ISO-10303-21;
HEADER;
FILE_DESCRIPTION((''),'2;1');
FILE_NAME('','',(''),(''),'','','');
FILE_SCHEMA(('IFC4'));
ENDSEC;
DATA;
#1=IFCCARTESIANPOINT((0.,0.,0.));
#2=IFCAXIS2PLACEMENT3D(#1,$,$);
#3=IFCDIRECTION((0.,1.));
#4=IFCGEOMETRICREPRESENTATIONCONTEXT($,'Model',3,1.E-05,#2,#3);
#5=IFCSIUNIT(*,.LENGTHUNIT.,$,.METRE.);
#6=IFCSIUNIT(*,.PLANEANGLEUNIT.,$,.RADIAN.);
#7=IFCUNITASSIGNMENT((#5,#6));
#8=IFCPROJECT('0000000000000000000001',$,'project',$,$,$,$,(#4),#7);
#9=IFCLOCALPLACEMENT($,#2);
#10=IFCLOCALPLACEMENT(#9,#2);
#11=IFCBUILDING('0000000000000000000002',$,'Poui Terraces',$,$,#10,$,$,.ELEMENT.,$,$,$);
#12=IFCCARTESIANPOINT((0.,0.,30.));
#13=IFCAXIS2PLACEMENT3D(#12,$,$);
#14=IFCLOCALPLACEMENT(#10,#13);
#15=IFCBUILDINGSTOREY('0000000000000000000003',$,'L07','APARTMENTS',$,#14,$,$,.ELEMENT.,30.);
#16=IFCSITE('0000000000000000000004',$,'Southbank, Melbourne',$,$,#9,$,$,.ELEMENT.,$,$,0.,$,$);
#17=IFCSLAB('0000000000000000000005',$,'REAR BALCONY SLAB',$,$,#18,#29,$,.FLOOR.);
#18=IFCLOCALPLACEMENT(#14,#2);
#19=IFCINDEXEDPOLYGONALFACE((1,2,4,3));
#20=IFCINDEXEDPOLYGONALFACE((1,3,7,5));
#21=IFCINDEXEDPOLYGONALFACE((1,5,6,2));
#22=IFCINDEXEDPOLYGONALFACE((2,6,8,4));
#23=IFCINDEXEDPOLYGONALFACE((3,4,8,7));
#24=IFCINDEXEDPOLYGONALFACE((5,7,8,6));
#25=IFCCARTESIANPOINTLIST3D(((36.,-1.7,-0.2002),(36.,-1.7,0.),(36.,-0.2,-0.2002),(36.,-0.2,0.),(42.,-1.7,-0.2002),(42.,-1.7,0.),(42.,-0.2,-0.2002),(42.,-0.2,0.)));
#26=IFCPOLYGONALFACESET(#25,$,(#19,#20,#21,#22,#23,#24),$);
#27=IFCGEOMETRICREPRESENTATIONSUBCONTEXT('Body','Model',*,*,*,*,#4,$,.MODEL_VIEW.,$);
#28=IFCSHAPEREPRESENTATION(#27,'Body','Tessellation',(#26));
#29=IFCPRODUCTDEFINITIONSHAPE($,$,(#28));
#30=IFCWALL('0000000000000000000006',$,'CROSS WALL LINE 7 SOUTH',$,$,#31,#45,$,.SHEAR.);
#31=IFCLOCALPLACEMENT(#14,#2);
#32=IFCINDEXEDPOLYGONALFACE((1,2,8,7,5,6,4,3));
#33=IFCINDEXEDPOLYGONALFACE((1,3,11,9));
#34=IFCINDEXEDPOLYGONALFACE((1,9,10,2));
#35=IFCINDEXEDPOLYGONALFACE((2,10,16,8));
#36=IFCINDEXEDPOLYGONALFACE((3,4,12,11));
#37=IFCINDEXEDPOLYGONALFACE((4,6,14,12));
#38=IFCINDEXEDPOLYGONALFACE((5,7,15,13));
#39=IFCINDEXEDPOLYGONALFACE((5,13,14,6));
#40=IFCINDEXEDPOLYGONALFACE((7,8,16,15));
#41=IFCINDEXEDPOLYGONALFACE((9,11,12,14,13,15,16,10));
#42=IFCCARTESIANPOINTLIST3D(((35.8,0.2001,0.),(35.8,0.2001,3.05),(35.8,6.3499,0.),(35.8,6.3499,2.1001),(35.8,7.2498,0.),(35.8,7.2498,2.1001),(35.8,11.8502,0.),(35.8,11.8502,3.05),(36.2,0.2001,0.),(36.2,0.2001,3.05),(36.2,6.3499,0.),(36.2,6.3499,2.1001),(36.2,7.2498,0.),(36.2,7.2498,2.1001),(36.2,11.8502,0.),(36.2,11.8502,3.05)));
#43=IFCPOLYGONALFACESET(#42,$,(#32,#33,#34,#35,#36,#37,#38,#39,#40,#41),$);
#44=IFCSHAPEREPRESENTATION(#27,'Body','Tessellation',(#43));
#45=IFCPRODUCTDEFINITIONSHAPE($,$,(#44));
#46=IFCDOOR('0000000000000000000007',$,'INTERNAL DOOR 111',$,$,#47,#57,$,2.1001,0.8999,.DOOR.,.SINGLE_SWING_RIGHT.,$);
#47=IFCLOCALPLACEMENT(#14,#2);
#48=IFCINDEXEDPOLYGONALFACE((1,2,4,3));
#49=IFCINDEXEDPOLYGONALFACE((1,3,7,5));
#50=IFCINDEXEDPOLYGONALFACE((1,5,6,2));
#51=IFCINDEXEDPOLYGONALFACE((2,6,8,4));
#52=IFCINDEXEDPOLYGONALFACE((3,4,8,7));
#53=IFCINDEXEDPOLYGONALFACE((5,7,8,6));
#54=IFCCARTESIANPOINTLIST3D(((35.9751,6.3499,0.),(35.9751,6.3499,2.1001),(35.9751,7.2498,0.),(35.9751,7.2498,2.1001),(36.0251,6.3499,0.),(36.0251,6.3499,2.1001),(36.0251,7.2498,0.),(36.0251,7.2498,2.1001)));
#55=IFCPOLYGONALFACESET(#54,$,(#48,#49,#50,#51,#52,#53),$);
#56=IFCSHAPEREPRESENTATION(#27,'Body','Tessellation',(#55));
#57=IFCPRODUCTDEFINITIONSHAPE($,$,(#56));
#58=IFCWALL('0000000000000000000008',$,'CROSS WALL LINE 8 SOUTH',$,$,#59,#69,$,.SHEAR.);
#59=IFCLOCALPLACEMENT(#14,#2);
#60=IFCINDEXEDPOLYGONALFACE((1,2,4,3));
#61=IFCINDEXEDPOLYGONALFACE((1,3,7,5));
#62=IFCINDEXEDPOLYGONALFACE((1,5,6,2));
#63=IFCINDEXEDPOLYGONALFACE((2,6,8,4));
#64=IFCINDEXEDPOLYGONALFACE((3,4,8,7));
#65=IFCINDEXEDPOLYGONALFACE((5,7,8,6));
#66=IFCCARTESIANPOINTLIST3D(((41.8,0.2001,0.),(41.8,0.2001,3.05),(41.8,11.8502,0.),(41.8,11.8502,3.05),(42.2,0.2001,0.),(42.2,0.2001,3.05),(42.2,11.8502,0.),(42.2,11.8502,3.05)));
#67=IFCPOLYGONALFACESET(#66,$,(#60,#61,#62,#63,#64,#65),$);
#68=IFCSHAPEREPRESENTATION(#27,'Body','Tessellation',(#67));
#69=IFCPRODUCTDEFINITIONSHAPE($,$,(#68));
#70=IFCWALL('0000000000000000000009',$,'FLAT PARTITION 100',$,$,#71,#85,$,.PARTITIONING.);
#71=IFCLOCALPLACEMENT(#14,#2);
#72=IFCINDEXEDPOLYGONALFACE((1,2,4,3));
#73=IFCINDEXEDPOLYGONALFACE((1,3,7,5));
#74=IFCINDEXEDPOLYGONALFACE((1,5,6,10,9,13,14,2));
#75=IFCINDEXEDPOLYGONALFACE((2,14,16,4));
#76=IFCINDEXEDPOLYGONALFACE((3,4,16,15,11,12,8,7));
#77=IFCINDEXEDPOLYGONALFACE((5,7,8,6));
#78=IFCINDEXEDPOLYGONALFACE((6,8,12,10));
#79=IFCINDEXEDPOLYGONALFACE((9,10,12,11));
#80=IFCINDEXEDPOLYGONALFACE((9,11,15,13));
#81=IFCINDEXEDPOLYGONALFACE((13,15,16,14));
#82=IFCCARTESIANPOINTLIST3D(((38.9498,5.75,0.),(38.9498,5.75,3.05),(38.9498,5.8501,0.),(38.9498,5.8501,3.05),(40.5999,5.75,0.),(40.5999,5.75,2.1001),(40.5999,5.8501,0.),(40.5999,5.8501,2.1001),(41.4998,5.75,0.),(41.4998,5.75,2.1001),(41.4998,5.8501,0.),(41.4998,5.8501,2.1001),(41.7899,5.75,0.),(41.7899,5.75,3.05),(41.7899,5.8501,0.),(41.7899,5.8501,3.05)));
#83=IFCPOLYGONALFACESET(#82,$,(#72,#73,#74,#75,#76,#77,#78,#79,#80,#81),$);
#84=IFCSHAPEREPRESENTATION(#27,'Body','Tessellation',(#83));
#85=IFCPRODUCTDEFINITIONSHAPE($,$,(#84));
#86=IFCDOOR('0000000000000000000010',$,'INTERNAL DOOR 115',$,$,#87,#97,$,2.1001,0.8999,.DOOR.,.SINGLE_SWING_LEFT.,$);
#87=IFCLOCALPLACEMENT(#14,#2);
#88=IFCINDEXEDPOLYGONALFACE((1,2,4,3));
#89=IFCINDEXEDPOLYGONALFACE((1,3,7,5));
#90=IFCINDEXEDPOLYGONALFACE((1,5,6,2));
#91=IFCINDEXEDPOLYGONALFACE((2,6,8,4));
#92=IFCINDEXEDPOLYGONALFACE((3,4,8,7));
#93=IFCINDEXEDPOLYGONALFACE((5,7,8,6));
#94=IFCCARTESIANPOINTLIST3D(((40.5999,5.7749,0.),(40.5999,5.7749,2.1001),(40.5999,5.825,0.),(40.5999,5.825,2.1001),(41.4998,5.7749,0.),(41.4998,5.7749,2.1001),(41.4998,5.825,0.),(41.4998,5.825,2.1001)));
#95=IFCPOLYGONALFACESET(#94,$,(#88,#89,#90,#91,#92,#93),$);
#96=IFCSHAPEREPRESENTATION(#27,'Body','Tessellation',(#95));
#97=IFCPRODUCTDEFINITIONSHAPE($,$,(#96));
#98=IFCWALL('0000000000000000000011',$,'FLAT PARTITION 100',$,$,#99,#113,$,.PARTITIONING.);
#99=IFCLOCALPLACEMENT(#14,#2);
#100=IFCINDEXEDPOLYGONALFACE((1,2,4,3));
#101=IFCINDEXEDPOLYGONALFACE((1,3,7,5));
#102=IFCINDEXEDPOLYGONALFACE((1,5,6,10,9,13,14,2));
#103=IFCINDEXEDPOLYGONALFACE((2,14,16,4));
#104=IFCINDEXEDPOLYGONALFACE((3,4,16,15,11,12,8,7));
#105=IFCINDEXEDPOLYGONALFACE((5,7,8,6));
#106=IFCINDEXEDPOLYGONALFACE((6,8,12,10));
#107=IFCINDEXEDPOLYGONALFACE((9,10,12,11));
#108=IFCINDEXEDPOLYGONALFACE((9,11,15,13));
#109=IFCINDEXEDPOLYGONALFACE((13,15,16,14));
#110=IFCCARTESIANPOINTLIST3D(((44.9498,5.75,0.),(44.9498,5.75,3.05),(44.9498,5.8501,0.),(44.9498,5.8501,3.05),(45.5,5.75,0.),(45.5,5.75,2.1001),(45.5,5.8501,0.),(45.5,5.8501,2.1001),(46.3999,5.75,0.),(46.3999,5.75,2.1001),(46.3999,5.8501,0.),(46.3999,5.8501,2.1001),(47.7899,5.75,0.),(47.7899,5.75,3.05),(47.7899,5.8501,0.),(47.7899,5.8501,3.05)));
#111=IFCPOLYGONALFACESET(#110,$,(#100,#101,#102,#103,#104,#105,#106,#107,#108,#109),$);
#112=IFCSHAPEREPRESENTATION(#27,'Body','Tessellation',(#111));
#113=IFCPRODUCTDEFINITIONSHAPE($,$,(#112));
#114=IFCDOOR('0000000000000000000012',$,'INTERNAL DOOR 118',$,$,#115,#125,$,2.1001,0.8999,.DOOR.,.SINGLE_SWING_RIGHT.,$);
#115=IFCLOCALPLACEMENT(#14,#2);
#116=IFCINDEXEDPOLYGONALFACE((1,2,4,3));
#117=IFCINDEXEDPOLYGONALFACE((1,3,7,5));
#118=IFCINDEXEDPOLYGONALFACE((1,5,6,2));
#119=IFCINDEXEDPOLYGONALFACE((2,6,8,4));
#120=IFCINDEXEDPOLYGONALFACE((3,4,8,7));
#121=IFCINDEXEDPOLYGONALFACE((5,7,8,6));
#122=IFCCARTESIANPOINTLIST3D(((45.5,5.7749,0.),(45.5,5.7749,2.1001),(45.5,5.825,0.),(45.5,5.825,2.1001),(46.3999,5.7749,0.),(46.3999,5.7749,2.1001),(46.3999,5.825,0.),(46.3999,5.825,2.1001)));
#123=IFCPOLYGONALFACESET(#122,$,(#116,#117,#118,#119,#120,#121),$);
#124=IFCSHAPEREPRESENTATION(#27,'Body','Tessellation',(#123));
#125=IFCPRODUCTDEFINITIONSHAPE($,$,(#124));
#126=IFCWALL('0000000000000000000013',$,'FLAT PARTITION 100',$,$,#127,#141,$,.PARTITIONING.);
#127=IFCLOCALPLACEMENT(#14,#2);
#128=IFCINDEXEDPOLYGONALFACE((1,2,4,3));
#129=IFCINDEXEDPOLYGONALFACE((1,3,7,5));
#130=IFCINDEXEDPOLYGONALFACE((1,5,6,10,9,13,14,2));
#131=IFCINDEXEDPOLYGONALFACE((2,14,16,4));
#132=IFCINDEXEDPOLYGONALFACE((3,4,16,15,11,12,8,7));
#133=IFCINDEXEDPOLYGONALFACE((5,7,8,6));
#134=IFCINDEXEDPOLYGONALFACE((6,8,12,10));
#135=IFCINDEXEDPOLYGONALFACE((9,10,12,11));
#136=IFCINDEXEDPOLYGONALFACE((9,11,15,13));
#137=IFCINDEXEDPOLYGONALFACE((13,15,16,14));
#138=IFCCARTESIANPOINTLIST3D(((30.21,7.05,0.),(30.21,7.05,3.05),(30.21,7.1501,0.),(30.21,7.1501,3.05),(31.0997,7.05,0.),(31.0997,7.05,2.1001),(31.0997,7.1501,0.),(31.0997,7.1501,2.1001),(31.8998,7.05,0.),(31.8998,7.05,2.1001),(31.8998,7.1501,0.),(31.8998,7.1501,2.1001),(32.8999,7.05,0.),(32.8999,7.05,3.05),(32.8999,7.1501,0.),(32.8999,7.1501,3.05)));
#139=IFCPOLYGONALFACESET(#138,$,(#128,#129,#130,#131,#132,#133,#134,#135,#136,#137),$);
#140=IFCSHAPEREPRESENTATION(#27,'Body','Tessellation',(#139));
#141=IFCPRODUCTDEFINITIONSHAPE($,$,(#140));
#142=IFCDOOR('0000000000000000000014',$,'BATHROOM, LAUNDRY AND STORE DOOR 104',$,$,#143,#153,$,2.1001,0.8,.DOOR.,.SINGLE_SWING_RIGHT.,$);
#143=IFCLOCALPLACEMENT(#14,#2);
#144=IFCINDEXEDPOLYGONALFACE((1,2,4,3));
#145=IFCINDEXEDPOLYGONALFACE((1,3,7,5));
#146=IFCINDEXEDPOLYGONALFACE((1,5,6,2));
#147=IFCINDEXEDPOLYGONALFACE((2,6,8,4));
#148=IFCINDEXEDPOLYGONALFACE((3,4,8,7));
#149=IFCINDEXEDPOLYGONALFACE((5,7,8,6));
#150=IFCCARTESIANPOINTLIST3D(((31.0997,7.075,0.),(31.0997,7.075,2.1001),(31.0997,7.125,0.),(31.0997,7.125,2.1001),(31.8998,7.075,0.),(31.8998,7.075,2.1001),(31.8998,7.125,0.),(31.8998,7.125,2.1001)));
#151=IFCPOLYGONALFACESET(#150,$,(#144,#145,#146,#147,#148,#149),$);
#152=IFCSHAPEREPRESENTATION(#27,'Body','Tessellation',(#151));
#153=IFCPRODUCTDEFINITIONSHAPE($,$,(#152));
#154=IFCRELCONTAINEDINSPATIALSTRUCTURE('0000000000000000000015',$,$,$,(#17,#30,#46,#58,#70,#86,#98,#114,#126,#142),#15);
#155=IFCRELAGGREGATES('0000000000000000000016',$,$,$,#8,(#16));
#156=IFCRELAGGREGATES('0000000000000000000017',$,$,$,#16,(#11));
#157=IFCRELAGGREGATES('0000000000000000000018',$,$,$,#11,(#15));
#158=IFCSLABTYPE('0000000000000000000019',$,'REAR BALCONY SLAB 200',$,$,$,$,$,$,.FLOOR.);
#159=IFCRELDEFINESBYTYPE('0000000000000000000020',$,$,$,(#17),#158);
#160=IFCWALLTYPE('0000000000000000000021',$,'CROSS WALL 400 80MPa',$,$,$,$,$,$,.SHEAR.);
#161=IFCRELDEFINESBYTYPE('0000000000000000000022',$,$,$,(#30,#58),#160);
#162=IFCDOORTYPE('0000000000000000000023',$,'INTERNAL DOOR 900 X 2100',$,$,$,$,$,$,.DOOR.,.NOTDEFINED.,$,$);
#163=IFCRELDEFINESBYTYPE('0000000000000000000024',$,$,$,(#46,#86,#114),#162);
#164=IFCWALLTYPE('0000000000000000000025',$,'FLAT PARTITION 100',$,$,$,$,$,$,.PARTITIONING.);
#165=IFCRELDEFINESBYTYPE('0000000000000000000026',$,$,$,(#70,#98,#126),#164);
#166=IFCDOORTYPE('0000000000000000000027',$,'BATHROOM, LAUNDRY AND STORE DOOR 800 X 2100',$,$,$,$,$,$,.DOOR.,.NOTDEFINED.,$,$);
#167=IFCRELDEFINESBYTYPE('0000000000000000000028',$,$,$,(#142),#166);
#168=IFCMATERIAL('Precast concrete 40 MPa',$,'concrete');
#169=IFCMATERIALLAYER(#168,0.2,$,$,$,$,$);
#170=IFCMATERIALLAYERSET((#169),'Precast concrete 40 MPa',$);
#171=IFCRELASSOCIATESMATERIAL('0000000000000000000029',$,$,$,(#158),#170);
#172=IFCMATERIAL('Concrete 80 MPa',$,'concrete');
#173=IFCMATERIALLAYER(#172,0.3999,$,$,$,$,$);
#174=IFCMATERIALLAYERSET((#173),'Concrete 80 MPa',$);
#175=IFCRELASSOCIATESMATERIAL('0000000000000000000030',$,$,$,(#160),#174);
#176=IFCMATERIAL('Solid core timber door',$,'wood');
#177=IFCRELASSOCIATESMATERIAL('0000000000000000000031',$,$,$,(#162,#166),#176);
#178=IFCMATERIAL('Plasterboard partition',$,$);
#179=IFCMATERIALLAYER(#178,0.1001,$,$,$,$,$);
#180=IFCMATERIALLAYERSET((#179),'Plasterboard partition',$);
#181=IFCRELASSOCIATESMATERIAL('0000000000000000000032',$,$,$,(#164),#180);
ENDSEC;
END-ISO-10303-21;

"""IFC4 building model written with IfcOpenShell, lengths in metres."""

from ifc_helpers import new_model, si_unit, direction, frame, frame_2d, origin, place, context, subcontext, project, spatial, polyline, rectangle, outline, extrude, source, transform, mapped, material, layer, layer_set, type_object, element, fill, save


model = new_model("IFC4")

# Units and contexts
model_context = context("Model", 3, precision=1e-05, world=origin(), true_north=direction((0.0, 1.0)))
body_context = subcontext(model_context, "Body", "Model", "MODEL_VIEW")
ifc_project = project(units=[si_unit("LENGTHUNIT", "METRE"), si_unit("PLANEANGLEUNIT", "RADIAN")], contexts=[model_context])

# Site, building, storey
site_placement = place(None, origin())
site = spatial("IfcSite", under=ifc_project, at=site_placement, Name="Southbank, Melbourne", CompositionType="ELEMENT", RefElevation=0.0)
building_placement = place(site_placement, origin())
building = spatial("IfcBuilding", under=site, at=building_placement, Name="Poui Terraces", CompositionType="ELEMENT")
storey_placement = place(building_placement, frame((0.0, 0.0, 30.0)))
storey = spatial("IfcBuildingStorey", under=building, at=storey_placement, Name="L07", Description="APARTMENTS", CompositionType="ELEMENT", Elevation=30.0)

# Slab
ifc_material_1 = material(Name="Precast concrete 40 MPa", Category="concrete")
ifc_layer_1 = layer(ifc_material_1, 0.2)
ifc_layer_set_1 = layer_set([ifc_layer_1], Name="Precast concrete 40 MPa")
slab_type = type_object("IfcSlabType", Name="REAR BALCONY SLAB 200", PredefinedType="FLOOR", material=ifc_layer_set_1)
shared_shape_1 = source(origin(), body_context, "Body", "SweptSolid", [
    extrude(outline(polyline([(0.0, 0.0), (6.0, 0.0), (6.0, 1.5), (0.0, 1.5), (0.0, 0.0)])), origin(), (0.0, 0.0, 1.0), 0.2002),
])
slab_placement = place(storey_placement, frame((36.0, -1.7, -0.2002)))
element("IfcSlab", 1, at=slab_placement, inside=storey, type_object=slab_type, Name="REAR BALCONY SLAB", PredefinedType="FLOOR", context=body_context, shape_type="MappedRepresentation", body=[
    mapped(shared_shape_1, transform((0.0, 0.0, 0.0))),
])

# Wall, opening, door
ifc_material_2 = material(Name="Concrete 80 MPa", Category="concrete")
ifc_layer_2 = layer(ifc_material_2, 0.3999)
ifc_layer_set_2 = layer_set([ifc_layer_2], Name="Concrete 80 MPa")
wall_type_1 = type_object("IfcWallType", Name="CROSS WALL 400 80MPa", PredefinedType="SHEAR", material=ifc_layer_set_2)
wall_1_placement = place(storey_placement, frame((36.0, 0.2, 0.0), z_axis=(0.0, 0.0, 1.0), x_axis=(0.0, 1.0, 0.0)))
wall_1 = element("IfcWall", 2, at=wall_1_placement, inside=storey, type_object=wall_type_1, Name="CROSS WALL LINE 7 SOUTH", PredefinedType="SHEAR", context=body_context, shape_type="SweptSolid", body=[
    extrude(rectangle(XDim=11.6501, YDim=0.3999, at=frame_2d((5.8252, 0.0))), origin(), (0.0, 0.0, 1.0), 3.05),
])
opening_1_placement = place(wall_1_placement, frame((6.1499, 0.0, 0.0)))
opening_1 = element("IfcOpeningElement", 3, at=opening_1_placement, cuts=wall_1, PredefinedType="OPENING", context=body_context, shape_type="SweptSolid", body=[
    extrude(rectangle(XDim=0.8999, YDim=2.1001, at=frame_2d((0.45, 1.05))), frame((0.0, 0.21, 0.0), z_axis=(0.0, -1.0, 0.0), x_axis=(1.0, 0.0, 0.0)), (0.0, 0.0, 1.0), 0.4199),
])
ifc_material_3 = material(Name="Solid core timber door", Category="wood")
door_type_1 = type_object("IfcDoorType", Name="INTERNAL DOOR 900 X 2100", OperationType="NOTDEFINED", PredefinedType="DOOR", material=ifc_material_3)
door_1_placement = place(opening_1_placement, origin())
door_1 = element("IfcDoor", 4, at=door_1_placement, inside=storey, type_object=door_type_1, Name="INTERNAL DOOR 111", OperationType="SINGLE_SWING_RIGHT", OverallHeight=2.1001, OverallWidth=0.8999, PredefinedType="DOOR", context=body_context, shape_type="SweptSolid", body=[
    extrude(rectangle(XDim=0.8999, YDim=2.1001, at=frame_2d((0.45, 1.05))), frame((0.0, 0.0249, 0.0), z_axis=(0.0, -1.0, 0.0), x_axis=(1.0, 0.0, 0.0)), (0.0, 0.0, 1.0), 0.05),
])
fill(opening_1, door_1)

# Wall
wall_2_placement = place(storey_placement, frame((42.0, 0.2, 0.0), z_axis=(0.0, 0.0, 1.0), x_axis=(0.0, 1.0, 0.0)))
element("IfcWall", 5, at=wall_2_placement, inside=storey, type_object=wall_type_1, Name="CROSS WALL LINE 8 SOUTH", PredefinedType="SHEAR", context=body_context, shape_type="SweptSolid", body=[
    extrude(rectangle(XDim=11.6501, YDim=0.3999, at=frame_2d((5.8252, 0.0))), origin(), (0.0, 0.0, 1.0), 3.05),
])

# Walls, openings, doors
ifc_material_4 = material(Name="Plasterboard partition")
ifc_layer_3 = layer(ifc_material_4, 0.1001)
ifc_layer_set_3 = layer_set([ifc_layer_3], Name="Plasterboard partition")
wall_type_2 = type_object("IfcWallType", Name="FLAT PARTITION 100", PredefinedType="PARTITIONING", material=ifc_layer_set_3)
wall_3_placement = place(storey_placement, frame((38.95, 5.8, 0.0), z_axis=(0.0, 0.0, 1.0), x_axis=(1.0, 0.0, 0.0)))
wall_3 = element("IfcWall", 6, at=wall_3_placement, inside=storey, type_object=wall_type_2, Name="FLAT PARTITION 100", PredefinedType="PARTITIONING", context=body_context, shape_type="SweptSolid", body=[
    extrude(rectangle(XDim=2.8401, YDim=0.1001, at=frame_2d((1.4199, 0.0))), origin(), (0.0, 0.0, 1.0), 3.05),
])
opening_2_placement = place(wall_3_placement, frame((1.6499, 0.0, 0.0)))
opening_2 = element("IfcOpeningElement", 7, at=opening_2_placement, cuts=wall_3, PredefinedType="OPENING", context=body_context, shape_type="SweptSolid", body=[
    extrude(rectangle(XDim=0.8999, YDim=2.1001, at=frame_2d((0.45, 1.05))), frame((0.0, 0.0601, 0.0), z_axis=(0.0, -1.0, 0.0), x_axis=(1.0, 0.0, 0.0)), (0.0, 0.0, 1.0), 0.1201),
])
door_2_placement = place(opening_2_placement, origin())
door_2 = element("IfcDoor", 8, at=door_2_placement, inside=storey, type_object=door_type_1, Name="INTERNAL DOOR 115", OperationType="SINGLE_SWING_LEFT", OverallHeight=2.1001, OverallWidth=0.8999, PredefinedType="DOOR", context=body_context, shape_type="SweptSolid", body=[
    extrude(rectangle(XDim=0.8999, YDim=2.1001, at=frame_2d((0.45, 1.05))), frame((0.0, 0.0249, 0.0), z_axis=(0.0, -1.0, 0.0), x_axis=(1.0, 0.0, 0.0)), (0.0, 0.0, 1.0), 0.05),
])
fill(opening_2, door_2)
wall_4_placement = place(storey_placement, frame((44.95, 5.8, 0.0), z_axis=(0.0, 0.0, 1.0), x_axis=(1.0, 0.0, 0.0)))
wall_4 = element("IfcWall", 9, at=wall_4_placement, inside=storey, type_object=wall_type_2, Name="FLAT PARTITION 100", PredefinedType="PARTITIONING", context=body_context, shape_type="SweptSolid", body=[
    extrude(rectangle(XDim=2.8401, YDim=0.1001, at=frame_2d((1.4199, 0.0))), origin(), (0.0, 0.0, 1.0), 3.05),
])
opening_3_placement = place(wall_4_placement, frame((0.55, 0.0, 0.0)))
opening_3 = element("IfcOpeningElement", 10, at=opening_3_placement, cuts=wall_4, PredefinedType="OPENING", context=body_context, shape_type="SweptSolid", body=[
    extrude(rectangle(XDim=0.8999, YDim=2.1001, at=frame_2d((0.45, 1.05))), frame((0.0, 0.0601, 0.0), z_axis=(0.0, -1.0, 0.0), x_axis=(1.0, 0.0, 0.0)), (0.0, 0.0, 1.0), 0.1201),
])
door_3_placement = place(opening_3_placement, origin())
door_3 = element("IfcDoor", 11, at=door_3_placement, inside=storey, type_object=door_type_1, Name="INTERNAL DOOR 118", OperationType="SINGLE_SWING_RIGHT", OverallHeight=2.1001, OverallWidth=0.8999, PredefinedType="DOOR", context=body_context, shape_type="SweptSolid", body=[
    extrude(rectangle(XDim=0.8999, YDim=2.1001, at=frame_2d((0.45, 1.05))), frame((0.0, 0.0249, 0.0), z_axis=(0.0, -1.0, 0.0), x_axis=(1.0, 0.0, 0.0)), (0.0, 0.0, 1.0), 0.05),
])
fill(opening_3, door_3)
wall_5_placement = place(storey_placement, frame((30.21, 7.1001, 0.0), z_axis=(0.0, 0.0, 1.0), x_axis=(1.0, 0.0, 0.0)))
wall_5 = element("IfcWall", 12, at=wall_5_placement, inside=storey, type_object=wall_type_2, Name="FLAT PARTITION 100", PredefinedType="PARTITIONING", context=body_context, shape_type="SweptSolid", body=[
    extrude(rectangle(XDim=2.6899, YDim=0.1001, at=frame_2d((1.345, 0.0))), origin(), (0.0, 0.0, 1.0), 3.05),
])
opening_4_placement = place(wall_5_placement, frame((0.8899, 0.0, 0.0)))
opening_4 = element("IfcOpeningElement", 13, at=opening_4_placement, cuts=wall_5, PredefinedType="OPENING", context=body_context, shape_type="SweptSolid", body=[
    extrude(rectangle(XDim=0.8, YDim=2.1001, at=frame_2d((0.3999, 1.05))), frame((0.0, 0.0601, 0.0), z_axis=(0.0, -1.0, 0.0), x_axis=(1.0, 0.0, 0.0)), (0.0, 0.0, 1.0), 0.1201),
])
door_type_2 = type_object("IfcDoorType", Name="BATHROOM, LAUNDRY AND STORE DOOR 800 X 2100", OperationType="NOTDEFINED", PredefinedType="DOOR", material=ifc_material_3)
door_4_placement = place(opening_4_placement, origin())
door_4 = element("IfcDoor", 14, at=door_4_placement, inside=storey, type_object=door_type_2, Name="BATHROOM, LAUNDRY AND STORE DOOR 104", OperationType="SINGLE_SWING_RIGHT", OverallHeight=2.1001, OverallWidth=0.8, PredefinedType="DOOR", context=body_context, shape_type="SweptSolid", body=[
    extrude(rectangle(XDim=0.8, YDim=2.1001, at=frame_2d((0.3999, 1.05))), frame((0.0, 0.0249, 0.0), z_axis=(0.0, -1.0, 0.0), x_axis=(1.0, 0.0, 0.0)), (0.0, 0.0, 1.0), 0.05),
])
fill(opening_4, door_4)

save(model, "model.ifc")
